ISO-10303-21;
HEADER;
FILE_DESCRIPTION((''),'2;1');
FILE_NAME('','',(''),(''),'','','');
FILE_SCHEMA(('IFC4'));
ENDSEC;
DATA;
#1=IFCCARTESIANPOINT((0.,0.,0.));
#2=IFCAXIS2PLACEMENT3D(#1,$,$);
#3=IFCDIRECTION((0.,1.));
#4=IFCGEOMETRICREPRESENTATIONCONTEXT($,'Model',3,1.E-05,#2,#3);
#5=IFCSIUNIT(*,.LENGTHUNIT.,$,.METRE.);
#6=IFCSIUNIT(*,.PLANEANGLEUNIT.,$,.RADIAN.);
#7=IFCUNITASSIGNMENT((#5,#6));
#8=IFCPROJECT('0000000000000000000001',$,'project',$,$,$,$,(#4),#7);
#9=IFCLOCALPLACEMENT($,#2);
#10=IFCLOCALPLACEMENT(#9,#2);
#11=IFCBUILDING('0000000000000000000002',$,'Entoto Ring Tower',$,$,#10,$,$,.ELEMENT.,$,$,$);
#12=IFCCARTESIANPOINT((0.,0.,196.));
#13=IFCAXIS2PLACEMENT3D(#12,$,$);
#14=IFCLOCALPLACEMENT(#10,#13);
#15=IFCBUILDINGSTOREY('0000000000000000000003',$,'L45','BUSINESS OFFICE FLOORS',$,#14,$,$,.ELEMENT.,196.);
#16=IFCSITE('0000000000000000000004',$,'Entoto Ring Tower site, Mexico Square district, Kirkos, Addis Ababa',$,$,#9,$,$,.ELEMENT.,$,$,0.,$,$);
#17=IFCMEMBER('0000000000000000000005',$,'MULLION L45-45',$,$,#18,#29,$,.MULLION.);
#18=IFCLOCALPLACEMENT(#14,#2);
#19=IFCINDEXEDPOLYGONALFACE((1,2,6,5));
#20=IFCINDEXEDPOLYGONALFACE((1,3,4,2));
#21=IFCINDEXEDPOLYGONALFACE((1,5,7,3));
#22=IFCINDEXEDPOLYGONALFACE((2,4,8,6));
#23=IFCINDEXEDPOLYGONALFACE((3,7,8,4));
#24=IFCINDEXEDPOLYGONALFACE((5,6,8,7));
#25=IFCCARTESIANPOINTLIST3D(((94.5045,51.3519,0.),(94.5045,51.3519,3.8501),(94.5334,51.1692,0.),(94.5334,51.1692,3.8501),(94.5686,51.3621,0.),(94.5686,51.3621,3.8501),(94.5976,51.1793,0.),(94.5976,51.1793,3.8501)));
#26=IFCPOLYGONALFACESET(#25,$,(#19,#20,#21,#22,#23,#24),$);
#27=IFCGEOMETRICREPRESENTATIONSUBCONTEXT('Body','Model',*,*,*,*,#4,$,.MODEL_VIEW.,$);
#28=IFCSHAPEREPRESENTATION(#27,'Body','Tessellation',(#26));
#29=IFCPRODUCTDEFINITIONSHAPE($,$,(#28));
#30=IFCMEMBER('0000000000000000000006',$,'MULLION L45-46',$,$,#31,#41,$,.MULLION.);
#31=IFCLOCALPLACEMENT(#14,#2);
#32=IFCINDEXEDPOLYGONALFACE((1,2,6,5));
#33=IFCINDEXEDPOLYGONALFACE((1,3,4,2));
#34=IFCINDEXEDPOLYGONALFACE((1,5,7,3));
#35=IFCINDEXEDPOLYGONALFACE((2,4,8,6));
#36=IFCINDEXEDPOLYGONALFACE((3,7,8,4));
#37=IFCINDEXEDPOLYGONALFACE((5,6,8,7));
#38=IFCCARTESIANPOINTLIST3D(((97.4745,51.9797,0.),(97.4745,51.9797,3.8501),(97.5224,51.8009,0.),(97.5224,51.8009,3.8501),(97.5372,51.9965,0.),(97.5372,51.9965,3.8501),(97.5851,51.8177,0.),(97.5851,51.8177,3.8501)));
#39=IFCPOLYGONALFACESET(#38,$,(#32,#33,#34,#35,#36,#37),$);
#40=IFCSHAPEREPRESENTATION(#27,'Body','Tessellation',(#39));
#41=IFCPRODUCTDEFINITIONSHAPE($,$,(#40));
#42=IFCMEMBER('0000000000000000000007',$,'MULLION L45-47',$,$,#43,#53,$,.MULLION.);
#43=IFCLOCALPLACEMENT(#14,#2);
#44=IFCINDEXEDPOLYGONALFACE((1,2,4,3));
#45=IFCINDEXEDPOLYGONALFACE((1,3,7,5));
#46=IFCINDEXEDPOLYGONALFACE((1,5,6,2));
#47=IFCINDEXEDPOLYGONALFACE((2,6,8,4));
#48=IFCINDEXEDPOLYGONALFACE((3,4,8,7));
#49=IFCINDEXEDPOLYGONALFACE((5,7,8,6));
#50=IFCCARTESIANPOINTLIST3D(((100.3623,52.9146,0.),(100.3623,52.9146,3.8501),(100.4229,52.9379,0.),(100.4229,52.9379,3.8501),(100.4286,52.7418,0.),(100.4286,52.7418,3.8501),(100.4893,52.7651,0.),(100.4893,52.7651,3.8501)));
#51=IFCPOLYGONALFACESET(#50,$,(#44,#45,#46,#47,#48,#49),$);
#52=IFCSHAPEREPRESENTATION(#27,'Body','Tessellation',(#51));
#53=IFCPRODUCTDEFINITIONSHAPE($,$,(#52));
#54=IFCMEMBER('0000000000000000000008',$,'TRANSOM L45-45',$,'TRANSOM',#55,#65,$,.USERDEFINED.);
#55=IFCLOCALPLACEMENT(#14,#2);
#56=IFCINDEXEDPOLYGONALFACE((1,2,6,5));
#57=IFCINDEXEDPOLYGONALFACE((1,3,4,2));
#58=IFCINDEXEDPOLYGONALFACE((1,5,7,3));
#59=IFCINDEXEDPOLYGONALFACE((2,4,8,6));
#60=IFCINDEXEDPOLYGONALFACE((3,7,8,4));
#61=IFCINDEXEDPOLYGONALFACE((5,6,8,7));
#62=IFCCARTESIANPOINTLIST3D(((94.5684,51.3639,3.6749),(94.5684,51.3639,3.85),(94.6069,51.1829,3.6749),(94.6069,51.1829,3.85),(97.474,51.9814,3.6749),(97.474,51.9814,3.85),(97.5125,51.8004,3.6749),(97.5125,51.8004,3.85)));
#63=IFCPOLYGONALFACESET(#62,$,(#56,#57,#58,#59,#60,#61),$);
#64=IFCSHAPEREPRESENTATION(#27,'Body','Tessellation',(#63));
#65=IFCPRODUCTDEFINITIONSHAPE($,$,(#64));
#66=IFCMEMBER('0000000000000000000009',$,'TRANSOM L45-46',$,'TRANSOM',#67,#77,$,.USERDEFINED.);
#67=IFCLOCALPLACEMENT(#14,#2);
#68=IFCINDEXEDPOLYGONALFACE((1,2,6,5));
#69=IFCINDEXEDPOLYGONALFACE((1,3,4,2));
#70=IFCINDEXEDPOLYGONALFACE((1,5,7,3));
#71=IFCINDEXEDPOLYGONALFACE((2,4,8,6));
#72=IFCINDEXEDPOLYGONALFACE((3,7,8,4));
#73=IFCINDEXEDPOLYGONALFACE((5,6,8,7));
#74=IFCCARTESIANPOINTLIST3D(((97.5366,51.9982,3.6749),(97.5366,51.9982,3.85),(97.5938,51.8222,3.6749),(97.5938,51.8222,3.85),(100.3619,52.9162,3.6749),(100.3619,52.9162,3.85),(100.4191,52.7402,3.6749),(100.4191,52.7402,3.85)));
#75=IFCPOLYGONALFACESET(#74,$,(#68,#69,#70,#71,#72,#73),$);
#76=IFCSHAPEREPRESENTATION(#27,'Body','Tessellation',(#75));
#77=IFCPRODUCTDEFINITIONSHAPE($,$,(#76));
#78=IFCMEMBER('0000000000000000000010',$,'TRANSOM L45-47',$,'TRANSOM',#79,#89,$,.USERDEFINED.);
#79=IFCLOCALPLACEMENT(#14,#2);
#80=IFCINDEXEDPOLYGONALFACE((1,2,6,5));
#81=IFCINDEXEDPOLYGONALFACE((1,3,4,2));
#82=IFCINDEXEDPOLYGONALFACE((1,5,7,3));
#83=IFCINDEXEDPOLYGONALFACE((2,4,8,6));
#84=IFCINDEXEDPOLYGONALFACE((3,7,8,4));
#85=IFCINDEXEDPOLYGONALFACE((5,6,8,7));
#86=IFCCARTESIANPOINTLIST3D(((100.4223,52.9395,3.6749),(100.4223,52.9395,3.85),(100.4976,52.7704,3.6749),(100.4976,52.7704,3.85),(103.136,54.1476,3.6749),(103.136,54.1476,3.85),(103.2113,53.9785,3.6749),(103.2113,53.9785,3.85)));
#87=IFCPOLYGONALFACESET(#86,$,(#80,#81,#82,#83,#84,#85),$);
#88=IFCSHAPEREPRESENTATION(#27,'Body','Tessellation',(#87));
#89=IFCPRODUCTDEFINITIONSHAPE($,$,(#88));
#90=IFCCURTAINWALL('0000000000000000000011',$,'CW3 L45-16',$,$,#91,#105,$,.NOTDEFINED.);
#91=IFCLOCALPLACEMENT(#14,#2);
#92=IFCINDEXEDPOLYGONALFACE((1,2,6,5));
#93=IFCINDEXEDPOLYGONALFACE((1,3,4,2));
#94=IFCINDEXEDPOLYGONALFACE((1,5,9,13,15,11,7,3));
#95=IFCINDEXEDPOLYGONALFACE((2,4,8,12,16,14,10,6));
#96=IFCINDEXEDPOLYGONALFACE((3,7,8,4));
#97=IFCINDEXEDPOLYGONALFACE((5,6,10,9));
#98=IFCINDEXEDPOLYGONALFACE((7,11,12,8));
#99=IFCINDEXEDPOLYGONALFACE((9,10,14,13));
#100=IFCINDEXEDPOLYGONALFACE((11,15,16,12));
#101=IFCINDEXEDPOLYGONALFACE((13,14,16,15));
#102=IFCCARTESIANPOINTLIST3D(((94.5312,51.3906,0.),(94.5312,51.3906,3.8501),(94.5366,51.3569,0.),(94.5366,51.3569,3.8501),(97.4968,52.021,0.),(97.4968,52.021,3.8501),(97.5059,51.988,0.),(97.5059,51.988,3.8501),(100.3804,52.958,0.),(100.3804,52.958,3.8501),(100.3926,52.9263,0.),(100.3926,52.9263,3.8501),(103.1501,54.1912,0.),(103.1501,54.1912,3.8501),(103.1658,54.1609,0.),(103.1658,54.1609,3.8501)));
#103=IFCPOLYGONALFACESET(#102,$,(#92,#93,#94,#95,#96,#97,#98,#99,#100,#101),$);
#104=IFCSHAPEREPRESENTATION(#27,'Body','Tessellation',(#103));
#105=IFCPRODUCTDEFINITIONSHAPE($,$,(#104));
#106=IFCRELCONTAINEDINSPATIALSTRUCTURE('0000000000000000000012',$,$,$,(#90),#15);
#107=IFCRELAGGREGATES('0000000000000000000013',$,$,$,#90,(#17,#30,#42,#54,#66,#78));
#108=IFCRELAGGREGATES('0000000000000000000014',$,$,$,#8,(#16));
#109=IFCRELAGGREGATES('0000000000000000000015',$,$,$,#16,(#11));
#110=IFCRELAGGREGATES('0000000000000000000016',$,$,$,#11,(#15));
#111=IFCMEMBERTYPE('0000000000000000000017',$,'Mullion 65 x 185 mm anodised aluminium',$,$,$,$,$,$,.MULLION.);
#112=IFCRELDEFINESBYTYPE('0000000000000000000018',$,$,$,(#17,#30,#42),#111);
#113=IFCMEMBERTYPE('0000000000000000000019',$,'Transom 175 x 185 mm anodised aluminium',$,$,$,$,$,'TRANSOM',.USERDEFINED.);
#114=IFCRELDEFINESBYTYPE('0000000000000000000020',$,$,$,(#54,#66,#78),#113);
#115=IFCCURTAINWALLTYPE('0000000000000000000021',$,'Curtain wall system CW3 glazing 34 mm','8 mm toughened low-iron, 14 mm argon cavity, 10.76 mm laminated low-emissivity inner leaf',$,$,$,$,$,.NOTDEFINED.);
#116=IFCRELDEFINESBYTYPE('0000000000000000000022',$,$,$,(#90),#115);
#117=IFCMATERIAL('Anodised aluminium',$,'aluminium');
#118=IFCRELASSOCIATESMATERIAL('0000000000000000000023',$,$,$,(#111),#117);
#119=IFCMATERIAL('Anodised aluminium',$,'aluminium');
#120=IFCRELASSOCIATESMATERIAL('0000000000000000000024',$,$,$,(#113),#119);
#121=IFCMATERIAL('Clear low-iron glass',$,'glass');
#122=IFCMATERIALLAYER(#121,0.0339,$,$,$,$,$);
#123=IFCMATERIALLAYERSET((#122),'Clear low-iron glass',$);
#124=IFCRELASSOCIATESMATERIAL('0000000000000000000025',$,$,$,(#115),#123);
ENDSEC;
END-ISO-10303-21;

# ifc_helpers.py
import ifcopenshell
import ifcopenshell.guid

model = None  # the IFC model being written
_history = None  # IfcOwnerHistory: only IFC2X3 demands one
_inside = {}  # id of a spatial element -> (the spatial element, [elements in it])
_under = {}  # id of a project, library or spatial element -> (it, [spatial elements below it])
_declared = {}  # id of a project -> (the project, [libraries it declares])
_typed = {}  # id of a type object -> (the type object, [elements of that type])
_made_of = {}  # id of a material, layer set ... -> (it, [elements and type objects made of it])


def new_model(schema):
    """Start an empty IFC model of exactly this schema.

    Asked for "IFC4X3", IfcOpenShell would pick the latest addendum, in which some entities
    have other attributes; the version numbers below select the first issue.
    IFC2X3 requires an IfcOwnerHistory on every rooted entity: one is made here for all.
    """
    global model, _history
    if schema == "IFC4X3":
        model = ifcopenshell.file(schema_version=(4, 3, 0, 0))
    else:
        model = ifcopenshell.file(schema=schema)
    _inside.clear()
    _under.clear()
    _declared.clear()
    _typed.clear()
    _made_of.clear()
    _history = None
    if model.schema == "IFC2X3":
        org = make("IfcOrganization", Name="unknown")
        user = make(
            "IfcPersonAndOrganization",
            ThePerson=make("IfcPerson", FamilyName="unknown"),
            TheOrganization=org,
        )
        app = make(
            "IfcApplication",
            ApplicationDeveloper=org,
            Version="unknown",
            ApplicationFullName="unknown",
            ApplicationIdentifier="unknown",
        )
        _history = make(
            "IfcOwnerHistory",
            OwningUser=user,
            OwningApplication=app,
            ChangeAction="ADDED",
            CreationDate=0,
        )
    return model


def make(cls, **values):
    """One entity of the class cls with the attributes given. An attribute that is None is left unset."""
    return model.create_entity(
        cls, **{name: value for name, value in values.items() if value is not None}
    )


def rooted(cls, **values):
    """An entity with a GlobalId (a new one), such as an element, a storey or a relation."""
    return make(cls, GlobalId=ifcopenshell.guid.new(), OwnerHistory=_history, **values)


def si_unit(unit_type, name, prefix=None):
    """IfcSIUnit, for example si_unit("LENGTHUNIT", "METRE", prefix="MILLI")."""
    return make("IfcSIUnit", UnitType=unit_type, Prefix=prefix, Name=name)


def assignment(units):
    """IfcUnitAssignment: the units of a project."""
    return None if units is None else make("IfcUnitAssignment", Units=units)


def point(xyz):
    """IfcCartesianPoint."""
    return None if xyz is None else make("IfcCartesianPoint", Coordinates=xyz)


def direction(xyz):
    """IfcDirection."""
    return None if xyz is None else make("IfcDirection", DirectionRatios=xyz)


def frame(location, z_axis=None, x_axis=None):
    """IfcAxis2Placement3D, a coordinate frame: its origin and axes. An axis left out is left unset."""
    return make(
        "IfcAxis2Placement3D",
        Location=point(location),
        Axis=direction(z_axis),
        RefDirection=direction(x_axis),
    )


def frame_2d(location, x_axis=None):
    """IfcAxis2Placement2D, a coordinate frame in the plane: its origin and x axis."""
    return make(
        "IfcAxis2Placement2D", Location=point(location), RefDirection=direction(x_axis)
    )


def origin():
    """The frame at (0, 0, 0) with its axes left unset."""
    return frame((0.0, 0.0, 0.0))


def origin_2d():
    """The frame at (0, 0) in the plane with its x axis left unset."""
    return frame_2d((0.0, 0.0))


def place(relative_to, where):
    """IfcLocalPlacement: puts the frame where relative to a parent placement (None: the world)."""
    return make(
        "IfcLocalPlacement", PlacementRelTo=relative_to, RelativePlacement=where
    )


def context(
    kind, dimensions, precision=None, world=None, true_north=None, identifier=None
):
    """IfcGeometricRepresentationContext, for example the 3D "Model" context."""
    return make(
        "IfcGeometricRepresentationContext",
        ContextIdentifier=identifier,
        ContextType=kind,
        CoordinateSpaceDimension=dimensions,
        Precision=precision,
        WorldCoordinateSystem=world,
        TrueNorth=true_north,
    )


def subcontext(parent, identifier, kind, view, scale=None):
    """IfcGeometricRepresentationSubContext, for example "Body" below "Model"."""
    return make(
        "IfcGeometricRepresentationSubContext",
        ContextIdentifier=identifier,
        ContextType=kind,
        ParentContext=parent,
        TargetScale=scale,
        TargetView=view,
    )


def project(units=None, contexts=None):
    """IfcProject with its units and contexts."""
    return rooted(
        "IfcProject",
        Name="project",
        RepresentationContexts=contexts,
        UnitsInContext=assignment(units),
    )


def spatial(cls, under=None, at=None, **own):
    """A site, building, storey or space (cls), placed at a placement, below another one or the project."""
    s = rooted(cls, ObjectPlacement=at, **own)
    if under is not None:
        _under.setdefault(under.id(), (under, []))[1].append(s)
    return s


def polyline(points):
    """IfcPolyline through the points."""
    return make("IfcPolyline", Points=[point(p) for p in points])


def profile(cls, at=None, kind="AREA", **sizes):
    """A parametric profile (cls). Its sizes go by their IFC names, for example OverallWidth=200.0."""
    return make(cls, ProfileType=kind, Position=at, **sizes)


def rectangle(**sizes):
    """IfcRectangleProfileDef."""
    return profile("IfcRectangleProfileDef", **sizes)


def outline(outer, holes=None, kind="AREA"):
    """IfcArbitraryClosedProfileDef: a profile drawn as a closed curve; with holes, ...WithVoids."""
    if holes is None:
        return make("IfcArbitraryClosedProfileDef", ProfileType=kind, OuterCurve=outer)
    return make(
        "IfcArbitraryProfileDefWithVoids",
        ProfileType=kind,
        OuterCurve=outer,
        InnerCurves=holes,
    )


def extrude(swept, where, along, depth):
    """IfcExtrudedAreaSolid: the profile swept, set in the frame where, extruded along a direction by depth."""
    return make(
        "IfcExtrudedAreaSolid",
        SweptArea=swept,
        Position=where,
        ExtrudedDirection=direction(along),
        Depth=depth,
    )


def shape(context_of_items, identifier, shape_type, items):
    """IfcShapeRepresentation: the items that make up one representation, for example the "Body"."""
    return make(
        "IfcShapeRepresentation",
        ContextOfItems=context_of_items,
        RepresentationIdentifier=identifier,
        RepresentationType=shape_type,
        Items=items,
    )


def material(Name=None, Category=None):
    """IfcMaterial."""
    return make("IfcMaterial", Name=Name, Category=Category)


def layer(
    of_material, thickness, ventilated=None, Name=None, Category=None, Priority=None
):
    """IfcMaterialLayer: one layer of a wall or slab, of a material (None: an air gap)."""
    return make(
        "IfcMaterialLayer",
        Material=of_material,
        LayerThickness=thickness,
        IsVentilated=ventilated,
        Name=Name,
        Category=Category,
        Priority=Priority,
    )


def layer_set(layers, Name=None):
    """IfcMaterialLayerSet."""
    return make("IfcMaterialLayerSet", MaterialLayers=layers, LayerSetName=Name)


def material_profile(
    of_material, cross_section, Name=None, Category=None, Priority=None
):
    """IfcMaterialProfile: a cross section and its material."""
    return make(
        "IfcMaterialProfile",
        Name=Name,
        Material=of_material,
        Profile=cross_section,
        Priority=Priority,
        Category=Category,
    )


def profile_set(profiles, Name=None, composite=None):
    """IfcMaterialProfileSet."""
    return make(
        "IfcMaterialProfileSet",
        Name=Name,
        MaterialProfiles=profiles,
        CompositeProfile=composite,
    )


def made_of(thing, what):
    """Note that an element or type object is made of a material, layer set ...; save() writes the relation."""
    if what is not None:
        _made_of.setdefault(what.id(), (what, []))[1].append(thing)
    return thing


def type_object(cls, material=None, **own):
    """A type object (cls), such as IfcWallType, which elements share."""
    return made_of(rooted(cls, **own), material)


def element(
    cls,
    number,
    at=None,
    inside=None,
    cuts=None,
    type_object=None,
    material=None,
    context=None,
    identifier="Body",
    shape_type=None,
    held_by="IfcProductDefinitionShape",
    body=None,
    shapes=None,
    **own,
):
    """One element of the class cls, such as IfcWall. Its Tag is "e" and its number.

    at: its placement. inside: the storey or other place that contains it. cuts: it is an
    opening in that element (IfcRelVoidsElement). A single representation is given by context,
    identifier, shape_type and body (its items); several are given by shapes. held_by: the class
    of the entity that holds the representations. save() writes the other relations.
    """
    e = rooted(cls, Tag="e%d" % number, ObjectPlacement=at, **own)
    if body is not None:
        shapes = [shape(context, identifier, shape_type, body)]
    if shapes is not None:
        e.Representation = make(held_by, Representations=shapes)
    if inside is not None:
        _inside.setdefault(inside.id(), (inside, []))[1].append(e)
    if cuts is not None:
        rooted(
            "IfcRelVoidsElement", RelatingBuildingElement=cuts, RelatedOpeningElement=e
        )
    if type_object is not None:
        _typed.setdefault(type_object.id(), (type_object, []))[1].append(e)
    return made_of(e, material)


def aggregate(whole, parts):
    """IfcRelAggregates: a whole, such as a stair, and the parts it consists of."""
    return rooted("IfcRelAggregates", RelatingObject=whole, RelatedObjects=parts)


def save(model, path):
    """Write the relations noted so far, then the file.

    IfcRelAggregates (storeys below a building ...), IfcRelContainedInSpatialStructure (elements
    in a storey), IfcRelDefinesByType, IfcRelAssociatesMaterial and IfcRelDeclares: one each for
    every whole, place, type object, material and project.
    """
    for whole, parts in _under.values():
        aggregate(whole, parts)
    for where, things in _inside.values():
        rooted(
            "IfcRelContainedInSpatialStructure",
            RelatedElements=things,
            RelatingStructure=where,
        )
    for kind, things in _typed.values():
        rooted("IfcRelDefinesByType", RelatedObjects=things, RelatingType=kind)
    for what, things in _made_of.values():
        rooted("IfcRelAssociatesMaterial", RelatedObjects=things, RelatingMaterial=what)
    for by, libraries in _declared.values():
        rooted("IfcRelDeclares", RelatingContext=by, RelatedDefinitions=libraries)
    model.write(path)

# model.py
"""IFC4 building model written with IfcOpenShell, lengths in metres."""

from ifc_helpers import new_model, si_unit, direction, frame, origin, origin_2d, place, context, subcontext, project, spatial, polyline, rectangle, outline, extrude, material, layer, layer_set, material_profile, profile_set, type_object, element, aggregate, save


model = new_model("IFC4")

# Units and contexts
model_context = context("Model", 3, precision=1e-05, world=origin(), true_north=direction((0.0, 1.0)))
body_context = subcontext(model_context, "Body", "Model", "MODEL_VIEW")
ifc_project = project(units=[si_unit("LENGTHUNIT", "METRE"), si_unit("PLANEANGLEUNIT", "RADIAN")], contexts=[model_context])

# Members
ifc_material_1 = material(Name="Anodised aluminium", Category="aluminium")
ifc_material_profile_1 = material_profile(ifc_material_1, rectangle(XDim=0.0649, YDim=0.1851, at=origin_2d()), Name="Mullion 65 x 185 mm anodised aluminium")
ifc_profile_set_1 = profile_set([ifc_material_profile_1], Name="Anodised aluminium")
member_type_1 = type_object("IfcMemberType", Name="Mullion 65 x 185 mm anodised aluminium", PredefinedType="MULLION", material=ifc_profile_set_1)
site_placement = place(None, origin())
building_placement = place(site_placement, origin())
storey_placement = place(building_placement, frame((0.0, 0.0, 196.0)))
member_1_placement = place(storey_placement, frame((94.551, 51.2656, 0.0), z_axis=(0.0, 0.0, 1.0), x_axis=(0.987688, 0.156434, 0.0)))
member_1 = element("IfcMember", 1, at=member_1_placement, type_object=member_type_1, Name="MULLION L45-45", PredefinedType="MULLION", context=body_context, shape_type="SweptSolid", body=[
    extrude(rectangle(XDim=0.0649, YDim=0.1851, at=origin_2d()), origin(), (0.0, 0.0, 1.0), 3.8501),
])
member_2_placement = place(storey_placement, frame((97.5298, 51.8987, 0.0), z_axis=(0.0, 0.0, 1.0), x_axis=(0.965926, 0.258819, 0.0)))
member_2 = element("IfcMember", 2, at=member_2_placement, type_object=member_type_1, Name="MULLION L45-46", PredefinedType="MULLION", context=body_context, shape_type="SweptSolid", body=[
    extrude(rectangle(XDim=0.0649, YDim=0.1851, at=origin_2d()), origin(), (0.0, 0.0, 1.0), 3.8501),
])
member_3_placement = place(storey_placement, frame((100.4258, 52.8398, 0.0), z_axis=(0.0, 0.0, 1.0), x_axis=(0.93358, 0.358368, 0.0)))
member_3 = element("IfcMember", 3, at=member_3_placement, type_object=member_type_1, Name="MULLION L45-47", PredefinedType="MULLION", context=body_context, shape_type="SweptSolid", body=[
    extrude(rectangle(XDim=0.0649, YDim=0.1851, at=origin_2d()), origin(), (0.0, 0.0, 1.0), 3.8501),
])
ifc_material_2 = material(Name="Anodised aluminium", Category="aluminium")
ifc_material_profile_2 = material_profile(ifc_material_2, rectangle(XDim=0.1851, YDim=0.175, at=origin_2d()), Name="Transom 175 x 185 mm anodised aluminium")
ifc_profile_set_2 = profile_set([ifc_material_profile_2], Name="Anodised aluminium")
member_type_2 = type_object("IfcMemberType", Name="Transom 175 x 185 mm anodised aluminium", ElementType="TRANSOM", PredefinedType="USERDEFINED", material=ifc_profile_set_2)
member_4_placement = place(storey_placement, frame((94.5876, 51.2734, 3.7625), z_axis=(0.978158, 0.207862, 0.0), x_axis=(-0.207862, 0.978158, 0.0)))
member_4 = element("IfcMember", 4, at=member_4_placement, type_object=member_type_2, Name="TRANSOM L45-45", ObjectType="TRANSOM", PredefinedType="USERDEFINED", context=body_context, shape_type="SweptSolid", body=[
    extrude(rectangle(XDim=0.1851, YDim=0.175, at=origin_2d()), origin(), (0.0, 0.0, 1.0), 2.9705),
])
member_5_placement = place(storey_placement, frame((97.5652, 51.9102, 3.7625), z_axis=(0.951056, 0.309019, 0.0), x_axis=(-0.309019, 0.951056, 0.0)))
member_5 = element("IfcMember", 5, at=member_5_placement, type_object=member_type_2, Name="TRANSOM L45-46", ObjectType="TRANSOM", PredefinedType="USERDEFINED", context=body_context, shape_type="SweptSolid", body=[
    extrude(rectangle(XDim=0.1851, YDim=0.175, at=origin_2d()), origin(), (0.0, 0.0, 1.0), 2.9707),
])
member_6_placement = place(storey_placement, frame((100.46, 52.855, 3.7625), z_axis=(0.913567, 0.406687, 0.0), x_axis=(-0.406687, 0.913567, 0.0)))
member_6 = element("IfcMember", 6, at=member_6_placement, type_object=member_type_2, Name="TRANSOM L45-47", ObjectType="TRANSOM", PredefinedType="USERDEFINED", context=body_context, shape_type="SweptSolid", body=[
    extrude(rectangle(XDim=0.1851, YDim=0.175, at=origin_2d()), origin(), (0.0, 0.0, 1.0), 2.9705),
])

# Site, building, storey
site = spatial("IfcSite", under=ifc_project, at=site_placement, Name="Entoto Ring Tower site, Mexico Square district, Kirkos, Addis Ababa", CompositionType="ELEMENT", RefElevation=0.0)
building = spatial("IfcBuilding", under=site, at=building_placement, Name="Entoto Ring Tower", CompositionType="ELEMENT")
storey = spatial("IfcBuildingStorey", under=building, at=storey_placement, Name="L45", Description="BUSINESS OFFICE FLOORS", CompositionType="ELEMENT", Elevation=196.0)

# Curtain wall
ifc_material_3 = material(Name="Clear low-iron glass", Category="glass")
ifc_layer = layer(ifc_material_3, 0.0339)
ifc_layer_set = layer_set([ifc_layer], Name="Clear low-iron glass")
curtain_wall_type = type_object("IfcCurtainWallType", Name="Curtain wall system CW3 glazing 34 mm", Description="8 mm toughened low-iron, 14 mm argon cavity, 10.76 mm laminated low-emissivity inner leaf", PredefinedType="NOTDEFINED", material=ifc_layer_set)
curtain_wall_1_placement = place(storey_placement, origin())
curtain_wall_1 = element("IfcCurtainWall", 7, at=curtain_wall_1_placement, inside=storey, type_object=curtain_wall_type, Name="CW3 L45-16", PredefinedType="NOTDEFINED", context=body_context, shape_type="SweptSolid", body=[
    extrude(outline(polyline([(94.5366, 51.3569), (97.5059, 51.988), (100.3926, 52.9263), (103.1658, 54.1609), (103.1501, 54.1912), (100.3804, 52.958), (97.4968, 52.021), (94.5312, 51.3906), (94.5366, 51.3569)])), origin(), (0.0, 0.0, 1.0), 3.8501),
])
aggregate(curtain_wall_1, [member_1, member_2, member_3, member_4, member_5, member_6])

save(model, "model.ifc")
